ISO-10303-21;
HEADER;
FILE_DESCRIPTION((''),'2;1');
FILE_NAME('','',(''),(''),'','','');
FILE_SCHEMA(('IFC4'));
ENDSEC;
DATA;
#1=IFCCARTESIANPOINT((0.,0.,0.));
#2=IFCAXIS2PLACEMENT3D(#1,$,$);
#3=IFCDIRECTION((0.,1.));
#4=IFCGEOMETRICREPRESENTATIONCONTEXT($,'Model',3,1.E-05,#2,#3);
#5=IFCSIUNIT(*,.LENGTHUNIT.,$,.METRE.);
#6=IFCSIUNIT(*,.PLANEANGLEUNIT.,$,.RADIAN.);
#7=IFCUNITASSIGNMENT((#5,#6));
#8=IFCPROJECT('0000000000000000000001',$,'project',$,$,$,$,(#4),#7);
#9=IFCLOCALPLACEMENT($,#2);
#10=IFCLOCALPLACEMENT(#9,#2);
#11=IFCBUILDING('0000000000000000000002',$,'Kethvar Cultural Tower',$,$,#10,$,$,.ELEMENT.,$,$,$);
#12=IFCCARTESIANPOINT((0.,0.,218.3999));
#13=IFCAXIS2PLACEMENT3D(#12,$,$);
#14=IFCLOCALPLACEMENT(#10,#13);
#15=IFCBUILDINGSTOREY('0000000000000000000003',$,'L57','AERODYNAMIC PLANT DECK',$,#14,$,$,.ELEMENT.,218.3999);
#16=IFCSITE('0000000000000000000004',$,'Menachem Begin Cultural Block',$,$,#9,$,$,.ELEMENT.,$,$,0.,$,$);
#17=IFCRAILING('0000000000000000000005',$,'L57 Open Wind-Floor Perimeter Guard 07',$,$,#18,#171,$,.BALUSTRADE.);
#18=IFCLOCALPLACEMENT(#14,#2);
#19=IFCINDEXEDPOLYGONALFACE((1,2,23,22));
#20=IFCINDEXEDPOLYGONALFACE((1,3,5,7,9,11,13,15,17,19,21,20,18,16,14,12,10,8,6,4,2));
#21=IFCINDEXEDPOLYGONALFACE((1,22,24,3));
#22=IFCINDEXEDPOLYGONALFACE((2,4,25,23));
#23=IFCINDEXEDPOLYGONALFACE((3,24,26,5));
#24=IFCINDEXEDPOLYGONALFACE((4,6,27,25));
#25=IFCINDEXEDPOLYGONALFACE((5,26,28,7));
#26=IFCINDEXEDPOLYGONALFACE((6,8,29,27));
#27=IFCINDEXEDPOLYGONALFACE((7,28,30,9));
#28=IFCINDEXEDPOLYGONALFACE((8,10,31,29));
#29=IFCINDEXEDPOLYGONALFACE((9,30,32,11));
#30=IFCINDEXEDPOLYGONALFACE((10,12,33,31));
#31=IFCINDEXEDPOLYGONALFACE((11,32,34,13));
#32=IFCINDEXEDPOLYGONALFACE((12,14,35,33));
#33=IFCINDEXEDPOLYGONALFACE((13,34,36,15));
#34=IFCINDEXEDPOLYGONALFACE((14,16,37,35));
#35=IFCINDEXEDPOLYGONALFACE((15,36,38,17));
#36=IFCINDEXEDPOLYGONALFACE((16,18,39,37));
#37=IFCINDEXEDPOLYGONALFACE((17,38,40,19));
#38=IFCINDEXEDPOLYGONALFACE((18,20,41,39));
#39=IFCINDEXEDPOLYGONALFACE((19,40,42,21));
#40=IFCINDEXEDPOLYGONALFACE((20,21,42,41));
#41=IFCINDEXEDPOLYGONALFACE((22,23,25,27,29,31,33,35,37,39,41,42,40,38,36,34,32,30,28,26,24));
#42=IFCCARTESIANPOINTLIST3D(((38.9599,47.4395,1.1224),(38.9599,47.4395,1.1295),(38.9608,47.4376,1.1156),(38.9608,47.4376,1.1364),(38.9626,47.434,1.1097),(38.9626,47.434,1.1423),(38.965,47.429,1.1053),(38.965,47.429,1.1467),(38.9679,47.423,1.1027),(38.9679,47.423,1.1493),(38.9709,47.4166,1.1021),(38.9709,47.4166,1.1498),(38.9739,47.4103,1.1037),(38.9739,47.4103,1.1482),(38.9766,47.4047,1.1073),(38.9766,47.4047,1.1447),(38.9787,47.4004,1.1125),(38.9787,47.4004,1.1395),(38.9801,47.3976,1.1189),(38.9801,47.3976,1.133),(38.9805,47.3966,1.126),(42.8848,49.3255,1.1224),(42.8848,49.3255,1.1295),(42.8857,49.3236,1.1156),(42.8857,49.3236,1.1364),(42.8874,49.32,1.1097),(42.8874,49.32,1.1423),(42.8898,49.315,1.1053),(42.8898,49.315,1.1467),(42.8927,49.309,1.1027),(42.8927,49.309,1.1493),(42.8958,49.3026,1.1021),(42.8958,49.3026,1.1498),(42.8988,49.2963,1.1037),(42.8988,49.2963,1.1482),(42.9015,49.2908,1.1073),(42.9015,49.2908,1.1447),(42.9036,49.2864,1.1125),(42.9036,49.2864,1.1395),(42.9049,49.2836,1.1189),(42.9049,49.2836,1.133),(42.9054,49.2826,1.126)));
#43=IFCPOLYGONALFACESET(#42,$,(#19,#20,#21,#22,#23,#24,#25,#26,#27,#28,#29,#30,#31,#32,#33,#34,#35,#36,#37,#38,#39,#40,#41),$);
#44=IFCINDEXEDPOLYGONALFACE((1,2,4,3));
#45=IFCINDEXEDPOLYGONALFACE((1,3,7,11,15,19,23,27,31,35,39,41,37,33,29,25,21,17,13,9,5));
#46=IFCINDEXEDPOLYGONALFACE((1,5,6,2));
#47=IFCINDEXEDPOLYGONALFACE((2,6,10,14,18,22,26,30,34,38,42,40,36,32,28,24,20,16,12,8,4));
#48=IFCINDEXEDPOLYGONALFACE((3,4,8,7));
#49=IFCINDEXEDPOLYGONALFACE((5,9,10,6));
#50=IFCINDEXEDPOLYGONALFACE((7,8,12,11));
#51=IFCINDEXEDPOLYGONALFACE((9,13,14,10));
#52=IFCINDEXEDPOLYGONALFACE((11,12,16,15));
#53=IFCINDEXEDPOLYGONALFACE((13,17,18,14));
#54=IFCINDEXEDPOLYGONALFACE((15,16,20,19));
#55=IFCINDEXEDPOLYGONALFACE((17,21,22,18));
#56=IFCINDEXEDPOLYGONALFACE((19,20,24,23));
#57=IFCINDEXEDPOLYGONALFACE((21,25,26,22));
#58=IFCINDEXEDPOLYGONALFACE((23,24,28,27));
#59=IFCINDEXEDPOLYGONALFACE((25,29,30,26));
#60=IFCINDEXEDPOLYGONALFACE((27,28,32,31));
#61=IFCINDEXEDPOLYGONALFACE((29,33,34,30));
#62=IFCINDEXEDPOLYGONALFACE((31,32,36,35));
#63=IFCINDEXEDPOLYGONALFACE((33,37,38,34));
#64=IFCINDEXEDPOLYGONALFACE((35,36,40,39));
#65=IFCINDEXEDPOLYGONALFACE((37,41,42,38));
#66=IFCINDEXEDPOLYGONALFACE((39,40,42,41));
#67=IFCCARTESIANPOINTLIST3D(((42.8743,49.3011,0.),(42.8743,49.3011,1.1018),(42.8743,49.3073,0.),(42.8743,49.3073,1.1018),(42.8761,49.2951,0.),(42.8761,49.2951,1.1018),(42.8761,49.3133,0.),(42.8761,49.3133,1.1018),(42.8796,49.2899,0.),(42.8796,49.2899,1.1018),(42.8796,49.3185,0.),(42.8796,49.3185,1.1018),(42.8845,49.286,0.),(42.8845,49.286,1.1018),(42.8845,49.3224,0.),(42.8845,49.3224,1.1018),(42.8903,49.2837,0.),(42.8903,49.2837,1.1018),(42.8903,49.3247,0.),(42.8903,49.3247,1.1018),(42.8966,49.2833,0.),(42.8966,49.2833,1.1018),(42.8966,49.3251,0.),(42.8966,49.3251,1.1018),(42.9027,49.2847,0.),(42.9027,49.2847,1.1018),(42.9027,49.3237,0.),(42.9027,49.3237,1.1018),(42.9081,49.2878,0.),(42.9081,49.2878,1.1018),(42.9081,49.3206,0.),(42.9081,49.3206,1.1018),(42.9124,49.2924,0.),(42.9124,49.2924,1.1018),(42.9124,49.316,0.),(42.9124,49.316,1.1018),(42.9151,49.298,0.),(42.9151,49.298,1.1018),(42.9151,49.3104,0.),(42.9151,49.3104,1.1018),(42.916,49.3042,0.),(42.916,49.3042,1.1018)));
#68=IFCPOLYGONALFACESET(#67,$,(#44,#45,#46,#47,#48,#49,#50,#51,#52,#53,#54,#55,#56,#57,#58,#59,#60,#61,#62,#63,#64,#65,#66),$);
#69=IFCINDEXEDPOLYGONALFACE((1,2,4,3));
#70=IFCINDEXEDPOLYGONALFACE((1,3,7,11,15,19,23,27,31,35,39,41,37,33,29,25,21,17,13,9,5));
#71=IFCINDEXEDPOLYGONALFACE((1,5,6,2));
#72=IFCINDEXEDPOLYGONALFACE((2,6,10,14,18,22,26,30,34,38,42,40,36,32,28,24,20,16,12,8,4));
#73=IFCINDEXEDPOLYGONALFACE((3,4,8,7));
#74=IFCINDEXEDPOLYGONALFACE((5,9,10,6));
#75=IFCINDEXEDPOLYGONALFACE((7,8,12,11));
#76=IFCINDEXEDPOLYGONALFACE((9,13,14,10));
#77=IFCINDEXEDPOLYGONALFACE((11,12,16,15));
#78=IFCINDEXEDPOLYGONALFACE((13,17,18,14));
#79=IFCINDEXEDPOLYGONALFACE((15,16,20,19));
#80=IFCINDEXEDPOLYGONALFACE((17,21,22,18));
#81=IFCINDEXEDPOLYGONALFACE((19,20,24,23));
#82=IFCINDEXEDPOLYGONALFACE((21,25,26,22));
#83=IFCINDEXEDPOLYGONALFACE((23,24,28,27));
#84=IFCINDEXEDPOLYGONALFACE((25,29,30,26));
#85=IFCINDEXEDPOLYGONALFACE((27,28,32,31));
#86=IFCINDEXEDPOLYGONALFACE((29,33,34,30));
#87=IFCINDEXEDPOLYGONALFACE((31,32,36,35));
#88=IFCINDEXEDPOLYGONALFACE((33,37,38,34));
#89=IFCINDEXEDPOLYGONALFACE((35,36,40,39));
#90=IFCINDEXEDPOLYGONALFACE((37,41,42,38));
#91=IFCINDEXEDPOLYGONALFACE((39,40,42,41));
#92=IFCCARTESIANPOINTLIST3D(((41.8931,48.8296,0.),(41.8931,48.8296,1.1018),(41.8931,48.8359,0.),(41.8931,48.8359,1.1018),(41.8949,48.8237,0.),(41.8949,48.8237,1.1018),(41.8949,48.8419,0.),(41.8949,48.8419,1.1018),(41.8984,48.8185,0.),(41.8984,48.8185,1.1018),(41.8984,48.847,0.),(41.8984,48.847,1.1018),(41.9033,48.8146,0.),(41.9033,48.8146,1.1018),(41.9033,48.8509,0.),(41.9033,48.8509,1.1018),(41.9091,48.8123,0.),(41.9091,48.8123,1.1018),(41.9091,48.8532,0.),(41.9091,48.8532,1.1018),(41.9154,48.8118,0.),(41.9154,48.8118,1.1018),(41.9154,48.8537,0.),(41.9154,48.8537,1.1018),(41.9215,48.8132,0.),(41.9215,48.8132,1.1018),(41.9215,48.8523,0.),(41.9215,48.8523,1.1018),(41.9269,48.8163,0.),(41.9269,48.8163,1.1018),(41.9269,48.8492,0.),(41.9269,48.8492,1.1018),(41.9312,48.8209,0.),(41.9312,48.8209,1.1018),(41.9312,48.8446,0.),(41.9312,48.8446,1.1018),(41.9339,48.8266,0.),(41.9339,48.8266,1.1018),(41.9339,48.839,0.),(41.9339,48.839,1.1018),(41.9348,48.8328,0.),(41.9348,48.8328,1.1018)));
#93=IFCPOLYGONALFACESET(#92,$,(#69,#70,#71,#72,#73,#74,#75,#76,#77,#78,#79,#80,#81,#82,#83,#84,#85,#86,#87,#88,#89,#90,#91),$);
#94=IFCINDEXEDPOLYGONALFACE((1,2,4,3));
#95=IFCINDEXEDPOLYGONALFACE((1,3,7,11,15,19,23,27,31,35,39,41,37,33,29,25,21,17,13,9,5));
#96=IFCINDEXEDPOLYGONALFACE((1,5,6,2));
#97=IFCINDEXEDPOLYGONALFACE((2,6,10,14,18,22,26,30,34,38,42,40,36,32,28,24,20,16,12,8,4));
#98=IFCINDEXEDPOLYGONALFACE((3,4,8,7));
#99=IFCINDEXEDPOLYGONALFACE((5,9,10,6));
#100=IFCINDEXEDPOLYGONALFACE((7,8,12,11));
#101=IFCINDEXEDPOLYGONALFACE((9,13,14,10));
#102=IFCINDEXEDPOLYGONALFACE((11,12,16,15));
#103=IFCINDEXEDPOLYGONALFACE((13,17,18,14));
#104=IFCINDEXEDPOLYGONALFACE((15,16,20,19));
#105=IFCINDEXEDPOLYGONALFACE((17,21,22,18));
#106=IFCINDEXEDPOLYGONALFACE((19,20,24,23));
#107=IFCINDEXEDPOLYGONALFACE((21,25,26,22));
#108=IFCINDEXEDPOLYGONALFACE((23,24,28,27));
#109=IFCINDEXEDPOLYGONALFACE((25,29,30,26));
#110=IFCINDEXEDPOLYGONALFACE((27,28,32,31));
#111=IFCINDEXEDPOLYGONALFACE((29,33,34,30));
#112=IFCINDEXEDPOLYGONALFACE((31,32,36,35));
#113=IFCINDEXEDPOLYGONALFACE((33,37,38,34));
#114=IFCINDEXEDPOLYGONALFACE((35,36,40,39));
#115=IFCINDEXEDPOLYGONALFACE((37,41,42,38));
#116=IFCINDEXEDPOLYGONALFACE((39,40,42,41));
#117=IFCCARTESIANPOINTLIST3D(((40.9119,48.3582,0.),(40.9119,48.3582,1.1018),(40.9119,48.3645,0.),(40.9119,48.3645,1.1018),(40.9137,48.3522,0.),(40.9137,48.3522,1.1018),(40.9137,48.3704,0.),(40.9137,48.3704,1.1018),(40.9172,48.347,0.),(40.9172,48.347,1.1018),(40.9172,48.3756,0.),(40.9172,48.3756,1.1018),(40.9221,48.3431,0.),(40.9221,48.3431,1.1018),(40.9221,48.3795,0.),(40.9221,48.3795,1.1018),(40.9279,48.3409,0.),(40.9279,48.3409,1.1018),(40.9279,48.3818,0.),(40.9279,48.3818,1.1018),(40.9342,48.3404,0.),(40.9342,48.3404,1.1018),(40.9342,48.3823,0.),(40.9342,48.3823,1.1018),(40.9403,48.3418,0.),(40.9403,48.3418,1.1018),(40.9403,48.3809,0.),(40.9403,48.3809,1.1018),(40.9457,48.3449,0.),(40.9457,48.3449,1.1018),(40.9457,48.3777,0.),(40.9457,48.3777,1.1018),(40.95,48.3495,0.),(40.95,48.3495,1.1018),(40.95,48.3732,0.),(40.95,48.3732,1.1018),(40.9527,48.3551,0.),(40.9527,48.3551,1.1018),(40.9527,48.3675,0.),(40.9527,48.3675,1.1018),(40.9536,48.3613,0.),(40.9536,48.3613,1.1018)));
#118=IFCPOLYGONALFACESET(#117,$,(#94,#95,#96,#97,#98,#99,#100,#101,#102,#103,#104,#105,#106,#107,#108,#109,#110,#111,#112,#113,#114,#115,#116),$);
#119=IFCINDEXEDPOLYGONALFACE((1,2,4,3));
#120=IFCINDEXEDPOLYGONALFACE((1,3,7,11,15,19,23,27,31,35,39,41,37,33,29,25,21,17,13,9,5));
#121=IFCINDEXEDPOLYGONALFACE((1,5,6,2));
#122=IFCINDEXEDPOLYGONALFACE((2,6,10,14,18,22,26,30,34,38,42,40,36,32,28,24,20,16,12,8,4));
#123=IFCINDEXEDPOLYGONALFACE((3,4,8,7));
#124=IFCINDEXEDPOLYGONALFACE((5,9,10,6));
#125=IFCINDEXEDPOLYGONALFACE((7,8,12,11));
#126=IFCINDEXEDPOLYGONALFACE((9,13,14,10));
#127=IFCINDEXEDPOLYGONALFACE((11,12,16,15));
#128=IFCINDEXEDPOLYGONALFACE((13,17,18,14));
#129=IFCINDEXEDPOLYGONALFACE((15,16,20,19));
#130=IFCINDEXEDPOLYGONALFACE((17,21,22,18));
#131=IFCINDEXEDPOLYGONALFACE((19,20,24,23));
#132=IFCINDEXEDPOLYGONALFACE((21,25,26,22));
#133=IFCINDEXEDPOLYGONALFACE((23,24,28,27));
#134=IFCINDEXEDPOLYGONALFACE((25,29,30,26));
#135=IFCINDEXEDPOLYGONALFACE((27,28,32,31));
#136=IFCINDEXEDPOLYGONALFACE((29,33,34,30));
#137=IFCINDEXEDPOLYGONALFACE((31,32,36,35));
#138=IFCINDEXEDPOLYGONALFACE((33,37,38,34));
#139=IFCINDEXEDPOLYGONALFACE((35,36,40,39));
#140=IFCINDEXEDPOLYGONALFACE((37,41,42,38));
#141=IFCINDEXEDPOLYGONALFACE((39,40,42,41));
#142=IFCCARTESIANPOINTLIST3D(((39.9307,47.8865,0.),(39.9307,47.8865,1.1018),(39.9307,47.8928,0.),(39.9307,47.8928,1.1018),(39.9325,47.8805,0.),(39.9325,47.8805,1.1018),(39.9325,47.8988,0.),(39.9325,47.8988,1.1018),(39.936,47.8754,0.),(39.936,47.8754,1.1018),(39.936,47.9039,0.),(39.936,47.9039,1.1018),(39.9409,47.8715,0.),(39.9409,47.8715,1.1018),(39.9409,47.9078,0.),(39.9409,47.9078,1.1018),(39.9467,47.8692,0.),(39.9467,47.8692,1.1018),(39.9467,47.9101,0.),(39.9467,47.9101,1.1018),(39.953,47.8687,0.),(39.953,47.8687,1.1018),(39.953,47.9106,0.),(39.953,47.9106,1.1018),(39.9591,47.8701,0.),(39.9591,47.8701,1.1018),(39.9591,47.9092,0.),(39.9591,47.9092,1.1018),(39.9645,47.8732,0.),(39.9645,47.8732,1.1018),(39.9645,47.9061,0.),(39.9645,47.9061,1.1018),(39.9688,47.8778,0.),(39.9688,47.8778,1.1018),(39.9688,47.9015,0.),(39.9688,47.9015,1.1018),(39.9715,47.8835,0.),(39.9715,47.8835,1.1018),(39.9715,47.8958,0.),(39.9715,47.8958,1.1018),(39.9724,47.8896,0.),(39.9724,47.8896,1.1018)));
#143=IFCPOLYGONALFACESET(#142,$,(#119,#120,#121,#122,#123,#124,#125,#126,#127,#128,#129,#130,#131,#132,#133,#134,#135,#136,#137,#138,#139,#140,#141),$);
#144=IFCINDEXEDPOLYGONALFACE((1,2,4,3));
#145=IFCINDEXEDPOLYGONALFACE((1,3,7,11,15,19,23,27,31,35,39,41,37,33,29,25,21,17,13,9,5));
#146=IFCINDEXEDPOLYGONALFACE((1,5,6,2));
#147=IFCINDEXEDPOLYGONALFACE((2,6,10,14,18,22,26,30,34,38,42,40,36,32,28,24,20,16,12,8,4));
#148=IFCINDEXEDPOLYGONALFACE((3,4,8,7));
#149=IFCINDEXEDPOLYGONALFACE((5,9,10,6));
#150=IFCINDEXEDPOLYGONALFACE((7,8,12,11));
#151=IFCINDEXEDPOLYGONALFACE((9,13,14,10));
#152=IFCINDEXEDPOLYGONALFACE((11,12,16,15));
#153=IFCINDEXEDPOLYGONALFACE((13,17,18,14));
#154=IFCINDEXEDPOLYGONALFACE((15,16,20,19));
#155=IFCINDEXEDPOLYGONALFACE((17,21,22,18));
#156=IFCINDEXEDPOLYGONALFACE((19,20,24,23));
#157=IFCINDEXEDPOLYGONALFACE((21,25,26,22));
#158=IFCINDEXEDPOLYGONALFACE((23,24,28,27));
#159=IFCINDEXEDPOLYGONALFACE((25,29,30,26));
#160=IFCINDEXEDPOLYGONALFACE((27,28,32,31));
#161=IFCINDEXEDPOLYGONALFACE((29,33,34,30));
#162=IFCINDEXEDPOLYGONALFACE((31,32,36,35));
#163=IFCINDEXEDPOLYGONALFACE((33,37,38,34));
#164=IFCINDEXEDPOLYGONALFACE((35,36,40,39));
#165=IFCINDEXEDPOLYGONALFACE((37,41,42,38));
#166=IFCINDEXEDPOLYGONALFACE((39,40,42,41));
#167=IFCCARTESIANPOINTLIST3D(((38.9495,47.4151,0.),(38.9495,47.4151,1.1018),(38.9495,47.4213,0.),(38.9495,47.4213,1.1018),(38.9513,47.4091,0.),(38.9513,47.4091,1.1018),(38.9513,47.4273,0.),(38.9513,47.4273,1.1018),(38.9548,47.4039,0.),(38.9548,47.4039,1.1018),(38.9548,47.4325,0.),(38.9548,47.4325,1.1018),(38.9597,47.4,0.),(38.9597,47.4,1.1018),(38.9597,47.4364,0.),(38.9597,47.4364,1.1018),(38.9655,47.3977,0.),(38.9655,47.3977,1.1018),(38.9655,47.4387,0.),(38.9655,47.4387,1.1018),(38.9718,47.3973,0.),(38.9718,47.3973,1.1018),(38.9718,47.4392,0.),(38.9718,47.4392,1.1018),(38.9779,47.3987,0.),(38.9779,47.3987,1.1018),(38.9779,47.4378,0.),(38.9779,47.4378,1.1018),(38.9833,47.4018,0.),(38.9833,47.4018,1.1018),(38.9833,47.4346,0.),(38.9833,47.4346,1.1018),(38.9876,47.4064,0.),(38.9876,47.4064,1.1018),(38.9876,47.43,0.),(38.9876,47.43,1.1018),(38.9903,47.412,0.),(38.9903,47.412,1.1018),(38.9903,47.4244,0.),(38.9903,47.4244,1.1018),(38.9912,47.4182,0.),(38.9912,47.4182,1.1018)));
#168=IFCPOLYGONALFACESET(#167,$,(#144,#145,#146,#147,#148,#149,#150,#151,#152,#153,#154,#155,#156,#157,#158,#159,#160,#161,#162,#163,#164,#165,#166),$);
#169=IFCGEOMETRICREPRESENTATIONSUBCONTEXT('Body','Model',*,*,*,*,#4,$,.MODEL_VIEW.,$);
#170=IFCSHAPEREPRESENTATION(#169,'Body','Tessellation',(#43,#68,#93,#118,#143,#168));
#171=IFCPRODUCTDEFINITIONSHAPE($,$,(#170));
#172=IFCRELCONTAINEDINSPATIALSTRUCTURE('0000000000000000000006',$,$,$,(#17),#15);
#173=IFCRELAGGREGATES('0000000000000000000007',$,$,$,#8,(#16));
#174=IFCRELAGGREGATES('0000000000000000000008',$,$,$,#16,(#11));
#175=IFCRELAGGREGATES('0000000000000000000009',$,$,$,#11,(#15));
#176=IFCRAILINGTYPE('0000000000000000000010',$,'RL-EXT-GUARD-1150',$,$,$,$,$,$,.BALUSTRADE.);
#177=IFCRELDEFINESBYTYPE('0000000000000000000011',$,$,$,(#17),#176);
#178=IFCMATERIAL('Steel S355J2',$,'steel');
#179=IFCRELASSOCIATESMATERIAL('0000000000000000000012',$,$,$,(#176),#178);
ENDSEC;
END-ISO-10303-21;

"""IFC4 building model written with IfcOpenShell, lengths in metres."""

from ifc_helpers import new_model, si_unit, direction, frame, origin, origin_2d, place, context, subcontext, project, spatial, circle, extrude, material, type_object, element, save


model = new_model("IFC4")

# Units and contexts
model_context = context("Model", 3, precision=1e-05, world=origin(), true_north=direction((0.0, 1.0)))
body_context = subcontext(model_context, "Body", "Model", "MODEL_VIEW")
ifc_project = project(units=[si_unit("LENGTHUNIT", "METRE"), si_unit("PLANEANGLEUNIT", "RADIAN")], contexts=[model_context])

# Site, building, storey
site_placement = place(None, origin())
site = spatial("IfcSite", under=ifc_project, at=site_placement, Name="Menachem Begin Cultural Block", CompositionType="ELEMENT", RefElevation=0.0)
building_placement = place(site_placement, origin())
building = spatial("IfcBuilding", under=site, at=building_placement, Name="Kethvar Cultural Tower", CompositionType="ELEMENT")
storey_placement = place(building_placement, frame((0.0, 0.0, 218.3999)))
storey = spatial("IfcBuildingStorey", under=building, at=storey_placement, Name="L57", Description="AERODYNAMIC PLANT DECK", CompositionType="ELEMENT", Elevation=218.3999)

# Shared definitions
ifc_material_1 = material(Name="Steel S355J2", Category="steel")

# Railing
railing_type = type_object("IfcRailingType", Name="RL-EXT-GUARD-1150", PredefinedType="BALUSTRADE", material=ifc_material_1)
railing_1_placement = place(storey_placement, frame((42.895, 49.3042, 0.0)))
element("IfcRailing", 1, at=railing_1_placement, inside=storey, type_object=railing_type, Name="L57 Open Wind-Floor Perimeter Guard 07", PredefinedType="BALUSTRADE", context=body_context, shape_type="SweptSolid", body=[
    extrude(circle(Radius=0.0239, at=origin_2d()), frame((0.0, 0.0, 1.126), z_axis=(-0.901337, -0.433119, 0.0), x_axis=(0.433119, -0.901337, 0.0)), (0.0, 0.0, 1.0), 4.3545),
    extrude(circle(Radius=0.021, at=origin_2d()), origin(), (0.0, 0.0, 1.0), 1.1018),
    extrude(circle(Radius=0.021, at=origin_2d()), frame((-0.9812, -0.4714, 0.0)), (0.0, 0.0, 1.0), 1.1018),
    extrude(circle(Radius=0.021, at=origin_2d()), frame((-1.9624, -0.9429, 0.0)), (0.0, 0.0, 1.0), 1.1018),
    extrude(circle(Radius=0.021, at=origin_2d()), frame((-2.9436, -1.4146, 0.0)), (0.0, 0.0, 1.0), 1.1018),
    extrude(circle(Radius=0.021, at=origin_2d()), frame((-3.9248, -1.886, 0.0)), (0.0, 0.0, 1.0), 1.1018),
])

save(model, "model.ifc")
